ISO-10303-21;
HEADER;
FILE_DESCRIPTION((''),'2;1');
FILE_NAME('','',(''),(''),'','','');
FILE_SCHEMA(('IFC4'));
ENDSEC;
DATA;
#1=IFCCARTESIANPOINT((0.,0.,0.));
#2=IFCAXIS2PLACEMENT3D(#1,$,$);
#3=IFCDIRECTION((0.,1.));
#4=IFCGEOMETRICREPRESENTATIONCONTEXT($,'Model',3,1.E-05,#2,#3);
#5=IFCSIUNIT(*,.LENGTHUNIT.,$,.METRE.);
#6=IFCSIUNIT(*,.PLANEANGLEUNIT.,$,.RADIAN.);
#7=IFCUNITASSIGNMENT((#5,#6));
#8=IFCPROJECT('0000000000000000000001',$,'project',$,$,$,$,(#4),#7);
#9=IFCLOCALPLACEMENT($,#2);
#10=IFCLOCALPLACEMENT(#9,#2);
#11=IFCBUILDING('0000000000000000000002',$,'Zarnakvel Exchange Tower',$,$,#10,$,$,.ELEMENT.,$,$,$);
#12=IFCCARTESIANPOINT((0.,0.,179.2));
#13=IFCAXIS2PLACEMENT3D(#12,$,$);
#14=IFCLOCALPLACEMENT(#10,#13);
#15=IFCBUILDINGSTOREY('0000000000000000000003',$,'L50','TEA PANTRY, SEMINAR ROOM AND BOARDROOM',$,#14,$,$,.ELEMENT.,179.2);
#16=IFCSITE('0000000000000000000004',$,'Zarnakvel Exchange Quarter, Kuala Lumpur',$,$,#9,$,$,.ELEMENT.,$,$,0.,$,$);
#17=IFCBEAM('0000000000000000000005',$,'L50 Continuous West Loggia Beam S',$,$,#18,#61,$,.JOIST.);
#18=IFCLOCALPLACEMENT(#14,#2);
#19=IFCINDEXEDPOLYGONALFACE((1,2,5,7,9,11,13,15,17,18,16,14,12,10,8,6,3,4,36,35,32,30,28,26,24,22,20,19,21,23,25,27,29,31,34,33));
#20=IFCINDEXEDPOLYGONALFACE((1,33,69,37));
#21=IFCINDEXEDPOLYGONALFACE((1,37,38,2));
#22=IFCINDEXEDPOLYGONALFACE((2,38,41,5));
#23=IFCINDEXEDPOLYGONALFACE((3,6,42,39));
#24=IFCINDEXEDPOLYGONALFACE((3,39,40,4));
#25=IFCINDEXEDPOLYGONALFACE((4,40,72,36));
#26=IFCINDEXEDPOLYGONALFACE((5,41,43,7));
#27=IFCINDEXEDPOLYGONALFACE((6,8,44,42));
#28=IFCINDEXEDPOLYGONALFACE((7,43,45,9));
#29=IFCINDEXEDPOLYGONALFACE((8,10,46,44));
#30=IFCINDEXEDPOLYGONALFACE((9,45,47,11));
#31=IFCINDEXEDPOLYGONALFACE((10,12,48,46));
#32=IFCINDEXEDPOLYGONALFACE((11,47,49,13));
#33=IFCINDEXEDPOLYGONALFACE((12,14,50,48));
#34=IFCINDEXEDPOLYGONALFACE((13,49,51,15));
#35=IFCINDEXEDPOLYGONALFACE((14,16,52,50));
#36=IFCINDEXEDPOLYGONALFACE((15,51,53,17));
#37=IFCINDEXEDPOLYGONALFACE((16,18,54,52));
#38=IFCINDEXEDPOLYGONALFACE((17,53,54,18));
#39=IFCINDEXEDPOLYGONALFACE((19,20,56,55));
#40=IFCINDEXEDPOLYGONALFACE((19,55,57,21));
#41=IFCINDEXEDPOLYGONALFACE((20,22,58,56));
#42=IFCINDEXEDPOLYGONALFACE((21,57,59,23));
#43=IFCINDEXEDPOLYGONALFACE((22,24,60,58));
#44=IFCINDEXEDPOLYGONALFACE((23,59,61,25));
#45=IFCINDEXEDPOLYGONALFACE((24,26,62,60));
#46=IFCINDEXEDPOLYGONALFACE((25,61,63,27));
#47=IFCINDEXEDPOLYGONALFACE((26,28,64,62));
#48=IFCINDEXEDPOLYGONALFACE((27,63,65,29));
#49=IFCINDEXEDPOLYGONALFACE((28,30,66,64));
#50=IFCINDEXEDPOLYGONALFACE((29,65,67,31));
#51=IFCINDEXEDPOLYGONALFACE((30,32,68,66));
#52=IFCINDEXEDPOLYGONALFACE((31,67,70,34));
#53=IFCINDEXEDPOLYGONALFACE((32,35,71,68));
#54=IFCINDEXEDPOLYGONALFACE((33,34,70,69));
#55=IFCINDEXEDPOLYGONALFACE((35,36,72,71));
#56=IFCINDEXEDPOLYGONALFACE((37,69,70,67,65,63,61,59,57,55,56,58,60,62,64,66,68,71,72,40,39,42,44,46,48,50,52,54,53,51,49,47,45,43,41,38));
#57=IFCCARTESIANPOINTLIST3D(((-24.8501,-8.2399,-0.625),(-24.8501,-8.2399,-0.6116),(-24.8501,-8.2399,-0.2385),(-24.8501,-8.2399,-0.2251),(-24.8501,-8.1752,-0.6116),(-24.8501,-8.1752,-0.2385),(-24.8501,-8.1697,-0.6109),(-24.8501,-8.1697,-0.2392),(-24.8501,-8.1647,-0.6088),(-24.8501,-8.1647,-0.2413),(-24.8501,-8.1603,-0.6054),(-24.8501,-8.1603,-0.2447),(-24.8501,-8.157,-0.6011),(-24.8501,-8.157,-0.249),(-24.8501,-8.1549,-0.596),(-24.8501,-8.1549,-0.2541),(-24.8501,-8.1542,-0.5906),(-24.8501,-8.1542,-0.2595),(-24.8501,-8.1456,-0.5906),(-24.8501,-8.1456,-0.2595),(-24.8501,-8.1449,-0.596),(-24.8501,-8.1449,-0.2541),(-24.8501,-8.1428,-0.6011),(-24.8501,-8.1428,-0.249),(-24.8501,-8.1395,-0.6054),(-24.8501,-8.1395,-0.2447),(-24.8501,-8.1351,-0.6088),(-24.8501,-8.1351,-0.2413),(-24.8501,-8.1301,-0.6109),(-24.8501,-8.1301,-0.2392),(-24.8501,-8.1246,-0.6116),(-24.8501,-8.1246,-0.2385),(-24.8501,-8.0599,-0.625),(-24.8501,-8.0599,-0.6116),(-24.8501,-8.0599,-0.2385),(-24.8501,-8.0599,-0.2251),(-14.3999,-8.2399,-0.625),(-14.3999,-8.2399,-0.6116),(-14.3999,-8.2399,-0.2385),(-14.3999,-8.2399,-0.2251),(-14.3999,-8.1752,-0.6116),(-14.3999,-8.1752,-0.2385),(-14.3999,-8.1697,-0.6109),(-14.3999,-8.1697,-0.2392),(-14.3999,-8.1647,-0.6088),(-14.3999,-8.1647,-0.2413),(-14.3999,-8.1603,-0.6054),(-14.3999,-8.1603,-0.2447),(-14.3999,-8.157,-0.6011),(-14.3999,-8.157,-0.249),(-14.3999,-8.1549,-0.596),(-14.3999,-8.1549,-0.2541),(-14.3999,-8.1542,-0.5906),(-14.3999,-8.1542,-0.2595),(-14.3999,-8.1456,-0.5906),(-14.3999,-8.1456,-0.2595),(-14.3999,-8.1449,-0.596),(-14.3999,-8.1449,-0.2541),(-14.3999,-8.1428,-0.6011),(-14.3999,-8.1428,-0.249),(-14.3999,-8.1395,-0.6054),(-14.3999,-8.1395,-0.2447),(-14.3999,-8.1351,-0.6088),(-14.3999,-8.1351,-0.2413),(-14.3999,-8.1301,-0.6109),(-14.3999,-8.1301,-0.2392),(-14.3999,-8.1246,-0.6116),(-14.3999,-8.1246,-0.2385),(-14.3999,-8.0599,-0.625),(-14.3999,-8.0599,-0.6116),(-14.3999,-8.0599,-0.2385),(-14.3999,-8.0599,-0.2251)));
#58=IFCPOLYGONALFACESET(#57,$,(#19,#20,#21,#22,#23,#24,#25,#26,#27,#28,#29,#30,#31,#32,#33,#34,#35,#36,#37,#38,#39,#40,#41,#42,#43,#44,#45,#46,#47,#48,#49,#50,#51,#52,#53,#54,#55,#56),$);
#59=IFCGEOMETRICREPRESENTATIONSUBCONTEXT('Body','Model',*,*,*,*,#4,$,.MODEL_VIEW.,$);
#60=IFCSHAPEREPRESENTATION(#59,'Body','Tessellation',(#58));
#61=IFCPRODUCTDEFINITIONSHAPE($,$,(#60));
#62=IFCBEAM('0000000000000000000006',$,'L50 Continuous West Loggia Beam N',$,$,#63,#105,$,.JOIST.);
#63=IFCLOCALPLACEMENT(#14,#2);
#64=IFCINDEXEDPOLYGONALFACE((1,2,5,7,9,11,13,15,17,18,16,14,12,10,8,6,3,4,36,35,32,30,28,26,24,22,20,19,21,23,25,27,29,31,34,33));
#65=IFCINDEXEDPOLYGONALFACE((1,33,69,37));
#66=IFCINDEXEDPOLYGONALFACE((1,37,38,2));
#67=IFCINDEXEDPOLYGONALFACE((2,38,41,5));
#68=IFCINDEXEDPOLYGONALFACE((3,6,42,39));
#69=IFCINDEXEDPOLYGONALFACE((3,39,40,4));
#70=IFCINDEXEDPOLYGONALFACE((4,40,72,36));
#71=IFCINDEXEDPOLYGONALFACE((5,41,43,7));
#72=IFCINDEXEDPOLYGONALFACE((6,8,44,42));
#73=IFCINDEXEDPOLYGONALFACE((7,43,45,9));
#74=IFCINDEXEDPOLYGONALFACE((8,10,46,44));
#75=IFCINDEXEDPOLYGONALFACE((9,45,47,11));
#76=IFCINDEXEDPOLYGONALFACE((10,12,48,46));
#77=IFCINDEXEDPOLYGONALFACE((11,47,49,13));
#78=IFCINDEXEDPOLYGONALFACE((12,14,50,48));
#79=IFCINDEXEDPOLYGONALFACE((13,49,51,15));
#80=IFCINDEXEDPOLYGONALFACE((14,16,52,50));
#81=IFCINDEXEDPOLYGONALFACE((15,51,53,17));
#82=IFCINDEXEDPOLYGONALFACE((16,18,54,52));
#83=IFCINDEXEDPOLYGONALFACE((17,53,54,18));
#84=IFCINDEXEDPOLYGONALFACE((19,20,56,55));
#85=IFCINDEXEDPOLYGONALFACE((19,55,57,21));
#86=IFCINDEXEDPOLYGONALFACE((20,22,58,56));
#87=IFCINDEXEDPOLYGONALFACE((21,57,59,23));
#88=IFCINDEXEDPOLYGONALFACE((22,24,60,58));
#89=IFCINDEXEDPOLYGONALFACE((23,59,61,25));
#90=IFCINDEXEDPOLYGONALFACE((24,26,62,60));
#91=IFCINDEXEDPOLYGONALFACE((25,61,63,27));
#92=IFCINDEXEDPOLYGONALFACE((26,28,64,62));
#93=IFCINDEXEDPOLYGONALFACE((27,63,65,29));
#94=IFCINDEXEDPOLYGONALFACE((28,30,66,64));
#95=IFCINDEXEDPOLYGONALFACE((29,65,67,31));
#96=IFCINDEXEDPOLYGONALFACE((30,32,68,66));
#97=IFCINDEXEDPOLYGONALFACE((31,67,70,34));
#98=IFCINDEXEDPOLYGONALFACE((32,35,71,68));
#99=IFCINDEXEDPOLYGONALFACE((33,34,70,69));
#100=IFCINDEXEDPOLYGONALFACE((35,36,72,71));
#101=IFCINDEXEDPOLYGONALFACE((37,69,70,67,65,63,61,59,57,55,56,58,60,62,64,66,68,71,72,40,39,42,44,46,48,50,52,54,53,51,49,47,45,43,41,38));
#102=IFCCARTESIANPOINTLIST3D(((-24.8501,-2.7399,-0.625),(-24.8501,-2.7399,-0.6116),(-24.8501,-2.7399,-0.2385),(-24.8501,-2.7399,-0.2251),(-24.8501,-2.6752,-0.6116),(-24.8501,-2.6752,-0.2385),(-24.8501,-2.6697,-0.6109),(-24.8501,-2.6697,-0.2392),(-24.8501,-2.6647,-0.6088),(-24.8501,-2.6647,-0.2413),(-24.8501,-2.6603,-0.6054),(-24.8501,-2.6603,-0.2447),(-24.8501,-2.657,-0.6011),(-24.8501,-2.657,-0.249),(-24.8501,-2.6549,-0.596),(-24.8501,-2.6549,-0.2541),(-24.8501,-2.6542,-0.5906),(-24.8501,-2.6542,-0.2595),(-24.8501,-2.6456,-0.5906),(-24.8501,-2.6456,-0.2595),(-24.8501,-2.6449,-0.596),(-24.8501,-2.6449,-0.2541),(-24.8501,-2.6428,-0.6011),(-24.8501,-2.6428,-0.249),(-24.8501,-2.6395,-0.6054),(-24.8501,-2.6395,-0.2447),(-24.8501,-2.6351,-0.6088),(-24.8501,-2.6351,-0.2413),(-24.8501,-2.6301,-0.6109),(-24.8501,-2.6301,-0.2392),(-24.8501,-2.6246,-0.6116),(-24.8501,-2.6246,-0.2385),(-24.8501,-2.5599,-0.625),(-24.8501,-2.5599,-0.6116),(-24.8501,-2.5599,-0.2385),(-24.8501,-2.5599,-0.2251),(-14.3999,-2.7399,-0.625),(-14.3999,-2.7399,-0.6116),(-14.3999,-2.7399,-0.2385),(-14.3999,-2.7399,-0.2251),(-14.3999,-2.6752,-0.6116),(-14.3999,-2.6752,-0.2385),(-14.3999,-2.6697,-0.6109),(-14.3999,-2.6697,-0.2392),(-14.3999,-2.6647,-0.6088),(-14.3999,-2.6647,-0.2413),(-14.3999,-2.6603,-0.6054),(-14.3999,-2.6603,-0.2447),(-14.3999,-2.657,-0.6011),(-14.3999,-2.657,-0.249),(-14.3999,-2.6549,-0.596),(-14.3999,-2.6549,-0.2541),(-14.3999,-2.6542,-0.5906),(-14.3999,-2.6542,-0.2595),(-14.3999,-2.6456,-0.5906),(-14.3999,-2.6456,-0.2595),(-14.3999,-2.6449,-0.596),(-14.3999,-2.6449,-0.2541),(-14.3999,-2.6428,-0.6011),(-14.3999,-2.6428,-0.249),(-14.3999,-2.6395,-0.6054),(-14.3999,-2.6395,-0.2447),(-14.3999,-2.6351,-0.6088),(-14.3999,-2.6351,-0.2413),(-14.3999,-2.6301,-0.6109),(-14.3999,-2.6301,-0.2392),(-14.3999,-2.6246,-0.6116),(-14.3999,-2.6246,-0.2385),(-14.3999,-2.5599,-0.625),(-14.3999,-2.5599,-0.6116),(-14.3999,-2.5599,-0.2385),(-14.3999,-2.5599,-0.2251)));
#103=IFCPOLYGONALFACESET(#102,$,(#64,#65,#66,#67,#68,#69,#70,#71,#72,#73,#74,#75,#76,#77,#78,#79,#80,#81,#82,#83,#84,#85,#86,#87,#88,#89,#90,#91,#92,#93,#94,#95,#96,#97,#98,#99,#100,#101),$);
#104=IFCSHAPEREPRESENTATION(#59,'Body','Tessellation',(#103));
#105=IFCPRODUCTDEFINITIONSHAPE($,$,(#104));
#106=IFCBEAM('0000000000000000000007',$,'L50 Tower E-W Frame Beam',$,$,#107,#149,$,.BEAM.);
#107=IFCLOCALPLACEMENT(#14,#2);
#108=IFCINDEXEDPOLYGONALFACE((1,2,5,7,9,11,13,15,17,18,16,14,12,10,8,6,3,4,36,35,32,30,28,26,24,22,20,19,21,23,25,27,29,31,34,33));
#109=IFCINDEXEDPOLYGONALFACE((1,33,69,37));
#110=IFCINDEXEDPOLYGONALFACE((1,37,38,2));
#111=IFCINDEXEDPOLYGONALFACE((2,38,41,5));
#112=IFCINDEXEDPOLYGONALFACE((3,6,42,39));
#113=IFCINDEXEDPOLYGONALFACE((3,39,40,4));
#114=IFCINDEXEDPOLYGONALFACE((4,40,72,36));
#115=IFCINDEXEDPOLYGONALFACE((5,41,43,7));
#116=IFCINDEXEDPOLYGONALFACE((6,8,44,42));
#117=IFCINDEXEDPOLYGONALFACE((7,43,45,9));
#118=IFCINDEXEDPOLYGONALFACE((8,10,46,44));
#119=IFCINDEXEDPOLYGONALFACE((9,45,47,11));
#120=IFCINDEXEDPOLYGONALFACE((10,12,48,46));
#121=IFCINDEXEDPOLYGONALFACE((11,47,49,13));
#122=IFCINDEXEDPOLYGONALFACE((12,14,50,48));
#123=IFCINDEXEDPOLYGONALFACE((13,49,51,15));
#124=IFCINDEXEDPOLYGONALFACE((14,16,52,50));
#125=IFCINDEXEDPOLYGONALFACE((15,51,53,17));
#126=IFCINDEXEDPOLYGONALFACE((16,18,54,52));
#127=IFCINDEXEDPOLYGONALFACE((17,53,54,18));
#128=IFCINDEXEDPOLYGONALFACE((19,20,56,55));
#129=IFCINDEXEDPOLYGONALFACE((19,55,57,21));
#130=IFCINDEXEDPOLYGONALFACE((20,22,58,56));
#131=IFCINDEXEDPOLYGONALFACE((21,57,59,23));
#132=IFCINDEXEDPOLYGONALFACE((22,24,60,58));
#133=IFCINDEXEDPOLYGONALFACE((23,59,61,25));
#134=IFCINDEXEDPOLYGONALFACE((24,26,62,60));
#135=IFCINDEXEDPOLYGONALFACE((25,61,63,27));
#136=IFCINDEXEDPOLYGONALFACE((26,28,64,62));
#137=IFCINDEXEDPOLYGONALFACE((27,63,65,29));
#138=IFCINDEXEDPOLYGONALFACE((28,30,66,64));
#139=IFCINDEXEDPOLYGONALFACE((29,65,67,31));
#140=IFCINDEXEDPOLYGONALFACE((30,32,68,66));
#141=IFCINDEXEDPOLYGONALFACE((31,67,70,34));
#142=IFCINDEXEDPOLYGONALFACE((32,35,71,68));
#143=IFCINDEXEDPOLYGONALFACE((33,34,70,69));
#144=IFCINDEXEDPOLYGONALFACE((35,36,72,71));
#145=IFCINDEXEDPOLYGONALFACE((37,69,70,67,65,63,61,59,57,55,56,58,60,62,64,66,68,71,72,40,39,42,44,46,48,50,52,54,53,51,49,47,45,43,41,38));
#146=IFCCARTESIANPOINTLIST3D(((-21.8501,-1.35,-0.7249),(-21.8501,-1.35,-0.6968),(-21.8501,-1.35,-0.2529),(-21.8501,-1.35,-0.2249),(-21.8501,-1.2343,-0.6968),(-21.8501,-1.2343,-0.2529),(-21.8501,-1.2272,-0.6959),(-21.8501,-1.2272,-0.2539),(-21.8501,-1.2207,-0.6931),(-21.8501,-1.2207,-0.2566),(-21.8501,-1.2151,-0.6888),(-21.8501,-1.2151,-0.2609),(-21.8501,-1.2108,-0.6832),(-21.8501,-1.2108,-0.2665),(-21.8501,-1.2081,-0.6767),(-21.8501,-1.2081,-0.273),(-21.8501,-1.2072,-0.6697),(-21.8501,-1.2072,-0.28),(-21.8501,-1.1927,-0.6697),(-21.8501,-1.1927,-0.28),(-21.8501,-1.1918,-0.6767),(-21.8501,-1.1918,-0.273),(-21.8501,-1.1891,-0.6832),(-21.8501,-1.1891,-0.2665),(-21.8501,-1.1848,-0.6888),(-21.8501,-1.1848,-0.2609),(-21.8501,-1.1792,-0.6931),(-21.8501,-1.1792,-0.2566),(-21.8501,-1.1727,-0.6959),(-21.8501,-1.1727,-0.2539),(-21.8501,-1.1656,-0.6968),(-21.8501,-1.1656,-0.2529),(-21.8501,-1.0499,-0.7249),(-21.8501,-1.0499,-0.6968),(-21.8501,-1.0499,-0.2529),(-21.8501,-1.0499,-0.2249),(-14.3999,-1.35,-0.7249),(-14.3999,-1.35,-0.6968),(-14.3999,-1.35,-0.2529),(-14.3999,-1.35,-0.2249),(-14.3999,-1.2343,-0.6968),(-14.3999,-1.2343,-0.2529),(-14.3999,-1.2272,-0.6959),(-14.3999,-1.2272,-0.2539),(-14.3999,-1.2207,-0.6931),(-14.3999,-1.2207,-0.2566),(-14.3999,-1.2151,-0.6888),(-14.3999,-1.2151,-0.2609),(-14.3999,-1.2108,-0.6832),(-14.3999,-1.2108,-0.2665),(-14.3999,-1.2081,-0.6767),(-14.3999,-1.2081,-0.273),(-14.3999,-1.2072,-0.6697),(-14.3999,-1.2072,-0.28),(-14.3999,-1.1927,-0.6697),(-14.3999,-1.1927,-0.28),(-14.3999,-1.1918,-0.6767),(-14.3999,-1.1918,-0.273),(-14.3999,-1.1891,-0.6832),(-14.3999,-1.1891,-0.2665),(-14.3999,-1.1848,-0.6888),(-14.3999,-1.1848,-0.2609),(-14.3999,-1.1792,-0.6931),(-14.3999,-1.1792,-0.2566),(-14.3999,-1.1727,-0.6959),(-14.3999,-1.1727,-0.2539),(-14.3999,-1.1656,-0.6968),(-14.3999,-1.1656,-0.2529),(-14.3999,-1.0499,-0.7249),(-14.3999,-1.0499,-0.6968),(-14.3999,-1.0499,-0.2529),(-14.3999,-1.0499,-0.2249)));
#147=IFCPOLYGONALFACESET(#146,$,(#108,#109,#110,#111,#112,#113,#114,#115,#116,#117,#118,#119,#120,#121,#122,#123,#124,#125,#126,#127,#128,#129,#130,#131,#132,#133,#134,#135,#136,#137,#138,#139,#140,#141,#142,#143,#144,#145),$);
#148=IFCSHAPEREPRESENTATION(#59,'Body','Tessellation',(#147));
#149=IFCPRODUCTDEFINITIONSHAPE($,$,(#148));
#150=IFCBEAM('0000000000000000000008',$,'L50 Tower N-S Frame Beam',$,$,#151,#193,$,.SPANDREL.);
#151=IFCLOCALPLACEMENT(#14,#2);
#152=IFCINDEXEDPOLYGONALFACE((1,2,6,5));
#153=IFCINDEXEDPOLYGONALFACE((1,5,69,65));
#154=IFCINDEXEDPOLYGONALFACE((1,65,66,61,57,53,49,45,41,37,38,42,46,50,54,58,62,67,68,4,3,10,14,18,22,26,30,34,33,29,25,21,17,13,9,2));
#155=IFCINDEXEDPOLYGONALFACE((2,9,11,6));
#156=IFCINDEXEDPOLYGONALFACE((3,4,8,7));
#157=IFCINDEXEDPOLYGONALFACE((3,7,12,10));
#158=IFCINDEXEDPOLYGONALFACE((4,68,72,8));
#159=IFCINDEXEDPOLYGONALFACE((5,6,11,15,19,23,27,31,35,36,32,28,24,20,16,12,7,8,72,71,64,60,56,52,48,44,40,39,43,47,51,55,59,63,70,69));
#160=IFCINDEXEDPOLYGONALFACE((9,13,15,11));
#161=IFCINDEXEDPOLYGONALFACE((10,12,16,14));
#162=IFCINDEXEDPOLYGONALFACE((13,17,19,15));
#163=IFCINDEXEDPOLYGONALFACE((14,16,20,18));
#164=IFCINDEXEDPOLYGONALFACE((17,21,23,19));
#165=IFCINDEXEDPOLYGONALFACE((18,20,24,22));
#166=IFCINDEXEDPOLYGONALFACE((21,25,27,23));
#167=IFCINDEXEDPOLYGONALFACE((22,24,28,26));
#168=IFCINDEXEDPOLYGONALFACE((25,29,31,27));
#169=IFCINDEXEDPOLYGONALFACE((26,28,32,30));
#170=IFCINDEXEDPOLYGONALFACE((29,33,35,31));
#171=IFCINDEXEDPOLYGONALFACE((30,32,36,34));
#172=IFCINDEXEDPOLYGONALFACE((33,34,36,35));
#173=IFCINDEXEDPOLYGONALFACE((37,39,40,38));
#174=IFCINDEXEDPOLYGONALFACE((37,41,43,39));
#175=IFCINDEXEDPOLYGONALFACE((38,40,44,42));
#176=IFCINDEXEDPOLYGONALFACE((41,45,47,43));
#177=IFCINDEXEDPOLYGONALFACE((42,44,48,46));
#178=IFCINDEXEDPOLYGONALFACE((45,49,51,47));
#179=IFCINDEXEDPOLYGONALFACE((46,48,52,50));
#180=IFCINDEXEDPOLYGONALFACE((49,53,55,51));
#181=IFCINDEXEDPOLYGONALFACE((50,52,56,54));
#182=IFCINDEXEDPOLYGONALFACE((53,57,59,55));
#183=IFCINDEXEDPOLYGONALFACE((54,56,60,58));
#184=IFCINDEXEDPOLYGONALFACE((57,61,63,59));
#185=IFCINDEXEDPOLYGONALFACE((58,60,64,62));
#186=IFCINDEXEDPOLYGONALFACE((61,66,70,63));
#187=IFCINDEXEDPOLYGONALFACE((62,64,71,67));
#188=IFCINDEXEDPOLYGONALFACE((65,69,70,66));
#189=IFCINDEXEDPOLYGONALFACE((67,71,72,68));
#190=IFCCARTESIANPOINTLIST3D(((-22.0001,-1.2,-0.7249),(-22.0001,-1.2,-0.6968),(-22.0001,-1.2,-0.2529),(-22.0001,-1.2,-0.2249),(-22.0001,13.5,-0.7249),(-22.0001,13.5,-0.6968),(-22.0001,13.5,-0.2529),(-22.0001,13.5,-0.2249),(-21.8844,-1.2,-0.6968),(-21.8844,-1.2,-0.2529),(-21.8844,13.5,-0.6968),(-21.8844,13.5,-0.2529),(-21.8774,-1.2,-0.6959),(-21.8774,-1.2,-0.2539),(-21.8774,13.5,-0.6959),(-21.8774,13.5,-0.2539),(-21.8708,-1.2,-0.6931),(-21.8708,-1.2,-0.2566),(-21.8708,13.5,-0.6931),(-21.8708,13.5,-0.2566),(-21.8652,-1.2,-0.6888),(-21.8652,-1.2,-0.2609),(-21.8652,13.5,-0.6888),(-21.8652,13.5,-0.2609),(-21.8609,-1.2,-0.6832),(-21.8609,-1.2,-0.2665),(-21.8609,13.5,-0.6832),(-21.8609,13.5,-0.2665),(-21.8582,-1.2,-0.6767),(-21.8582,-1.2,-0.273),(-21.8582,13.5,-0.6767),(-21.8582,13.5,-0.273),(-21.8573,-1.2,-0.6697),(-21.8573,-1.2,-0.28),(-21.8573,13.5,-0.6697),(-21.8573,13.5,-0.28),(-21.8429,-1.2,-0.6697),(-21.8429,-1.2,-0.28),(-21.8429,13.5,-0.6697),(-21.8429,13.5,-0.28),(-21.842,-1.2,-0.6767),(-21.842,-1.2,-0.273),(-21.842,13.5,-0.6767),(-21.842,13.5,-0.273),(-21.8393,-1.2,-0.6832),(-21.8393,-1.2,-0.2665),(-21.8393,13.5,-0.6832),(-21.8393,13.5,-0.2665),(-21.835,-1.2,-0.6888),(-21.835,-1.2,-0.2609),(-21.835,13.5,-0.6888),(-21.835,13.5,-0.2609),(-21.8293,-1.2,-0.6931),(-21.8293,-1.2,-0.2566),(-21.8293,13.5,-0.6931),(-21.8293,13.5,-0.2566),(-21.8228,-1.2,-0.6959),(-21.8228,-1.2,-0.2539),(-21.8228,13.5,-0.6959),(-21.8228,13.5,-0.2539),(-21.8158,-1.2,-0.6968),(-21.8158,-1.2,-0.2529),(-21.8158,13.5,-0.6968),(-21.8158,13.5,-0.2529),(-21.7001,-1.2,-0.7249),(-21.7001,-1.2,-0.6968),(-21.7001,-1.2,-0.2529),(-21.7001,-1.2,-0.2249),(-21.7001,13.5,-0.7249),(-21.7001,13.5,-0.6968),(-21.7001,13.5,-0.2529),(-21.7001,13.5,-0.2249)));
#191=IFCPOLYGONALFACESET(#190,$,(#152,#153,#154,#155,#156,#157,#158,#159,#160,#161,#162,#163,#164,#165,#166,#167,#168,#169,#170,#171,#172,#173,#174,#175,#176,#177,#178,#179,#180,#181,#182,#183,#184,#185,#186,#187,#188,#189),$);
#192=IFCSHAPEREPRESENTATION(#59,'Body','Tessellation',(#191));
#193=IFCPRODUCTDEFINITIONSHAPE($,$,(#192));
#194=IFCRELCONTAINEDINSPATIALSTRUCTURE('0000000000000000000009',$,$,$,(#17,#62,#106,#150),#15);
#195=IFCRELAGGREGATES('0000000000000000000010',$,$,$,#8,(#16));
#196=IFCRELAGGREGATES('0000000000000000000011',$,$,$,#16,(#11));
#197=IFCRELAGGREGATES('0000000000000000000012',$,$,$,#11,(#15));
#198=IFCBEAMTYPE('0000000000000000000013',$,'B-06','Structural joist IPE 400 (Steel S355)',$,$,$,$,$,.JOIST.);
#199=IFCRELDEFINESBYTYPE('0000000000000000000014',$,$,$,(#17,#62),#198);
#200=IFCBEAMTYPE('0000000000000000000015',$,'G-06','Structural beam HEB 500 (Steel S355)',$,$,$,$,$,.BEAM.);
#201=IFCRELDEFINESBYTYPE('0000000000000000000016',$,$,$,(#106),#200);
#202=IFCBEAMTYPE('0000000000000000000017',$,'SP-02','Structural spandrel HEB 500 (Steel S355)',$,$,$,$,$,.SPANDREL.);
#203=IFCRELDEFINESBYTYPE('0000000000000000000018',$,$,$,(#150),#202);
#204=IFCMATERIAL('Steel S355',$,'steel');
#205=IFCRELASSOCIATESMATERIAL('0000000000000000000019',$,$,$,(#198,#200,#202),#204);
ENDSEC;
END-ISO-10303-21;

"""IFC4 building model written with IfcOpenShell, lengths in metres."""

from ifc_helpers import new_model, si_unit, direction, frame, origin, origin_2d, place, context, subcontext, project, spatial, i_section, extrude, material, material_profile, profile_set, type_object, element, save


model = new_model("IFC4")

# Units and contexts
model_context = context("Model", 3, precision=1e-05, world=origin(), true_north=direction((0.0, 1.0)))
body_context = subcontext(model_context, "Body", "Model", "MODEL_VIEW")
ifc_project = project(units=[si_unit("LENGTHUNIT", "METRE"), si_unit("PLANEANGLEUNIT", "RADIAN")], contexts=[model_context])

# Site, building, storey
site_placement = place(None, origin())
site = spatial("IfcSite", under=ifc_project, at=site_placement, Name="Zarnakvel Exchange Quarter, Kuala Lumpur", CompositionType="ELEMENT", RefElevation=0.0)
building_placement = place(site_placement, origin())
building = spatial("IfcBuilding", under=site, at=building_placement, Name="Zarnakvel Exchange Tower", CompositionType="ELEMENT")
storey_placement = place(building_placement, frame((0.0, 0.0, 179.2)))
storey = spatial("IfcBuildingStorey", under=building, at=storey_placement, Name="L50", Description="TEA PANTRY, SEMINAR ROOM AND BOARDROOM", CompositionType="ELEMENT", Elevation=179.2)

# Shared definitions
ifc_material_1 = material(Name="Steel S355", Category="steel")

# Beams
ifc_material_profile_1 = material_profile(ifc_material_1, i_section(OverallWidth=0.1799, OverallDepth=0.3999, WebThickness=0.0085, FlangeThickness=0.0134, FilletRadius=0.021, at=origin_2d()))
ifc_profile_set_1 = profile_set([ifc_material_profile_1], Name="Steel S355")
beam_type_1 = type_object("IfcBeamType", Name="B-06", Description="Structural joist IPE 400 (Steel S355)", PredefinedType="JOIST", material=ifc_profile_set_1)
for number, where, z_axis, x_axis, name in (
    (1, (-14.3999, -8.1499, -0.425), (-1.0, 0.0, 0.0), (0.0, -1.0, 0.0), "L50 Continuous West Loggia Beam S"),
    (2, (-14.3999, -2.6499, -0.425), (-1.0, 0.0, 0.0), (0.0, -1.0, 0.0), "L50 Continuous West Loggia Beam N"),
):
    element("IfcBeam", number, at=place(storey_placement, frame(where, z_axis=z_axis, x_axis=x_axis)), inside=storey, type_object=beam_type_1, Name=name, PredefinedType="JOIST", context=body_context, shape_type="SweptSolid", body=[
        extrude(i_section(OverallWidth=0.1799, OverallDepth=0.3999, WebThickness=0.0085, FlangeThickness=0.0134, FilletRadius=0.021, at=origin_2d()), origin(), (0.0, 0.0, 1.0), 10.4502),
    ])
ifc_material_profile_2 = material_profile(ifc_material_1, i_section(OverallWidth=0.3, OverallDepth=0.5, WebThickness=0.0144, FlangeThickness=0.0281, FilletRadius=0.0271, at=origin_2d()))
ifc_profile_set_2 = profile_set([ifc_material_profile_2], Name="Steel S355")
beam_type_2 = type_object("IfcBeamType", Name="G-06", Description="Structural beam HEB 500 (Steel S355)", PredefinedType="BEAM", material=ifc_profile_set_2)
beam_1_placement = place(storey_placement, frame((-21.8501, -1.2, -0.4749), z_axis=(1.0, 0.0, 0.0), x_axis=(0.0, 1.0, 0.0)))
element("IfcBeam", 3, at=beam_1_placement, inside=storey, type_object=beam_type_2, Name="L50 Tower E-W Frame Beam", PredefinedType="BEAM", context=body_context, shape_type="SweptSolid", body=[
    extrude(i_section(OverallWidth=0.3, OverallDepth=0.5, WebThickness=0.0144, FlangeThickness=0.0281, FilletRadius=0.0271, at=origin_2d()), origin(), (0.0, 0.0, 1.0), 7.4502),
])
ifc_material_profile_3 = material_profile(ifc_material_1, i_section(OverallWidth=0.3, OverallDepth=0.5, WebThickness=0.0144, FlangeThickness=0.0281, FilletRadius=0.0271, at=origin_2d()))
ifc_profile_set_3 = profile_set([ifc_material_profile_3], Name="Steel S355")
beam_type_3 = type_object("IfcBeamType", Name="SP-02", Description="Structural spandrel HEB 500 (Steel S355)", PredefinedType="SPANDREL", material=ifc_profile_set_3)
beam_2_placement = place(storey_placement, frame((-21.8501, -1.2, -0.4749), z_axis=(0.0, 1.0, 0.0), x_axis=(-1.0, 0.0, 0.0)))
element("IfcBeam", 4, at=beam_2_placement, inside=storey, type_object=beam_type_3, Name="L50 Tower N-S Frame Beam", PredefinedType="SPANDREL", context=body_context, shape_type="SweptSolid", body=[
    extrude(i_section(OverallWidth=0.3, OverallDepth=0.5, WebThickness=0.0144, FlangeThickness=0.0281, FilletRadius=0.0271, at=origin_2d()), origin(), (0.0, 0.0, 1.0), 14.7),
])

save(model, "model.ifc")
